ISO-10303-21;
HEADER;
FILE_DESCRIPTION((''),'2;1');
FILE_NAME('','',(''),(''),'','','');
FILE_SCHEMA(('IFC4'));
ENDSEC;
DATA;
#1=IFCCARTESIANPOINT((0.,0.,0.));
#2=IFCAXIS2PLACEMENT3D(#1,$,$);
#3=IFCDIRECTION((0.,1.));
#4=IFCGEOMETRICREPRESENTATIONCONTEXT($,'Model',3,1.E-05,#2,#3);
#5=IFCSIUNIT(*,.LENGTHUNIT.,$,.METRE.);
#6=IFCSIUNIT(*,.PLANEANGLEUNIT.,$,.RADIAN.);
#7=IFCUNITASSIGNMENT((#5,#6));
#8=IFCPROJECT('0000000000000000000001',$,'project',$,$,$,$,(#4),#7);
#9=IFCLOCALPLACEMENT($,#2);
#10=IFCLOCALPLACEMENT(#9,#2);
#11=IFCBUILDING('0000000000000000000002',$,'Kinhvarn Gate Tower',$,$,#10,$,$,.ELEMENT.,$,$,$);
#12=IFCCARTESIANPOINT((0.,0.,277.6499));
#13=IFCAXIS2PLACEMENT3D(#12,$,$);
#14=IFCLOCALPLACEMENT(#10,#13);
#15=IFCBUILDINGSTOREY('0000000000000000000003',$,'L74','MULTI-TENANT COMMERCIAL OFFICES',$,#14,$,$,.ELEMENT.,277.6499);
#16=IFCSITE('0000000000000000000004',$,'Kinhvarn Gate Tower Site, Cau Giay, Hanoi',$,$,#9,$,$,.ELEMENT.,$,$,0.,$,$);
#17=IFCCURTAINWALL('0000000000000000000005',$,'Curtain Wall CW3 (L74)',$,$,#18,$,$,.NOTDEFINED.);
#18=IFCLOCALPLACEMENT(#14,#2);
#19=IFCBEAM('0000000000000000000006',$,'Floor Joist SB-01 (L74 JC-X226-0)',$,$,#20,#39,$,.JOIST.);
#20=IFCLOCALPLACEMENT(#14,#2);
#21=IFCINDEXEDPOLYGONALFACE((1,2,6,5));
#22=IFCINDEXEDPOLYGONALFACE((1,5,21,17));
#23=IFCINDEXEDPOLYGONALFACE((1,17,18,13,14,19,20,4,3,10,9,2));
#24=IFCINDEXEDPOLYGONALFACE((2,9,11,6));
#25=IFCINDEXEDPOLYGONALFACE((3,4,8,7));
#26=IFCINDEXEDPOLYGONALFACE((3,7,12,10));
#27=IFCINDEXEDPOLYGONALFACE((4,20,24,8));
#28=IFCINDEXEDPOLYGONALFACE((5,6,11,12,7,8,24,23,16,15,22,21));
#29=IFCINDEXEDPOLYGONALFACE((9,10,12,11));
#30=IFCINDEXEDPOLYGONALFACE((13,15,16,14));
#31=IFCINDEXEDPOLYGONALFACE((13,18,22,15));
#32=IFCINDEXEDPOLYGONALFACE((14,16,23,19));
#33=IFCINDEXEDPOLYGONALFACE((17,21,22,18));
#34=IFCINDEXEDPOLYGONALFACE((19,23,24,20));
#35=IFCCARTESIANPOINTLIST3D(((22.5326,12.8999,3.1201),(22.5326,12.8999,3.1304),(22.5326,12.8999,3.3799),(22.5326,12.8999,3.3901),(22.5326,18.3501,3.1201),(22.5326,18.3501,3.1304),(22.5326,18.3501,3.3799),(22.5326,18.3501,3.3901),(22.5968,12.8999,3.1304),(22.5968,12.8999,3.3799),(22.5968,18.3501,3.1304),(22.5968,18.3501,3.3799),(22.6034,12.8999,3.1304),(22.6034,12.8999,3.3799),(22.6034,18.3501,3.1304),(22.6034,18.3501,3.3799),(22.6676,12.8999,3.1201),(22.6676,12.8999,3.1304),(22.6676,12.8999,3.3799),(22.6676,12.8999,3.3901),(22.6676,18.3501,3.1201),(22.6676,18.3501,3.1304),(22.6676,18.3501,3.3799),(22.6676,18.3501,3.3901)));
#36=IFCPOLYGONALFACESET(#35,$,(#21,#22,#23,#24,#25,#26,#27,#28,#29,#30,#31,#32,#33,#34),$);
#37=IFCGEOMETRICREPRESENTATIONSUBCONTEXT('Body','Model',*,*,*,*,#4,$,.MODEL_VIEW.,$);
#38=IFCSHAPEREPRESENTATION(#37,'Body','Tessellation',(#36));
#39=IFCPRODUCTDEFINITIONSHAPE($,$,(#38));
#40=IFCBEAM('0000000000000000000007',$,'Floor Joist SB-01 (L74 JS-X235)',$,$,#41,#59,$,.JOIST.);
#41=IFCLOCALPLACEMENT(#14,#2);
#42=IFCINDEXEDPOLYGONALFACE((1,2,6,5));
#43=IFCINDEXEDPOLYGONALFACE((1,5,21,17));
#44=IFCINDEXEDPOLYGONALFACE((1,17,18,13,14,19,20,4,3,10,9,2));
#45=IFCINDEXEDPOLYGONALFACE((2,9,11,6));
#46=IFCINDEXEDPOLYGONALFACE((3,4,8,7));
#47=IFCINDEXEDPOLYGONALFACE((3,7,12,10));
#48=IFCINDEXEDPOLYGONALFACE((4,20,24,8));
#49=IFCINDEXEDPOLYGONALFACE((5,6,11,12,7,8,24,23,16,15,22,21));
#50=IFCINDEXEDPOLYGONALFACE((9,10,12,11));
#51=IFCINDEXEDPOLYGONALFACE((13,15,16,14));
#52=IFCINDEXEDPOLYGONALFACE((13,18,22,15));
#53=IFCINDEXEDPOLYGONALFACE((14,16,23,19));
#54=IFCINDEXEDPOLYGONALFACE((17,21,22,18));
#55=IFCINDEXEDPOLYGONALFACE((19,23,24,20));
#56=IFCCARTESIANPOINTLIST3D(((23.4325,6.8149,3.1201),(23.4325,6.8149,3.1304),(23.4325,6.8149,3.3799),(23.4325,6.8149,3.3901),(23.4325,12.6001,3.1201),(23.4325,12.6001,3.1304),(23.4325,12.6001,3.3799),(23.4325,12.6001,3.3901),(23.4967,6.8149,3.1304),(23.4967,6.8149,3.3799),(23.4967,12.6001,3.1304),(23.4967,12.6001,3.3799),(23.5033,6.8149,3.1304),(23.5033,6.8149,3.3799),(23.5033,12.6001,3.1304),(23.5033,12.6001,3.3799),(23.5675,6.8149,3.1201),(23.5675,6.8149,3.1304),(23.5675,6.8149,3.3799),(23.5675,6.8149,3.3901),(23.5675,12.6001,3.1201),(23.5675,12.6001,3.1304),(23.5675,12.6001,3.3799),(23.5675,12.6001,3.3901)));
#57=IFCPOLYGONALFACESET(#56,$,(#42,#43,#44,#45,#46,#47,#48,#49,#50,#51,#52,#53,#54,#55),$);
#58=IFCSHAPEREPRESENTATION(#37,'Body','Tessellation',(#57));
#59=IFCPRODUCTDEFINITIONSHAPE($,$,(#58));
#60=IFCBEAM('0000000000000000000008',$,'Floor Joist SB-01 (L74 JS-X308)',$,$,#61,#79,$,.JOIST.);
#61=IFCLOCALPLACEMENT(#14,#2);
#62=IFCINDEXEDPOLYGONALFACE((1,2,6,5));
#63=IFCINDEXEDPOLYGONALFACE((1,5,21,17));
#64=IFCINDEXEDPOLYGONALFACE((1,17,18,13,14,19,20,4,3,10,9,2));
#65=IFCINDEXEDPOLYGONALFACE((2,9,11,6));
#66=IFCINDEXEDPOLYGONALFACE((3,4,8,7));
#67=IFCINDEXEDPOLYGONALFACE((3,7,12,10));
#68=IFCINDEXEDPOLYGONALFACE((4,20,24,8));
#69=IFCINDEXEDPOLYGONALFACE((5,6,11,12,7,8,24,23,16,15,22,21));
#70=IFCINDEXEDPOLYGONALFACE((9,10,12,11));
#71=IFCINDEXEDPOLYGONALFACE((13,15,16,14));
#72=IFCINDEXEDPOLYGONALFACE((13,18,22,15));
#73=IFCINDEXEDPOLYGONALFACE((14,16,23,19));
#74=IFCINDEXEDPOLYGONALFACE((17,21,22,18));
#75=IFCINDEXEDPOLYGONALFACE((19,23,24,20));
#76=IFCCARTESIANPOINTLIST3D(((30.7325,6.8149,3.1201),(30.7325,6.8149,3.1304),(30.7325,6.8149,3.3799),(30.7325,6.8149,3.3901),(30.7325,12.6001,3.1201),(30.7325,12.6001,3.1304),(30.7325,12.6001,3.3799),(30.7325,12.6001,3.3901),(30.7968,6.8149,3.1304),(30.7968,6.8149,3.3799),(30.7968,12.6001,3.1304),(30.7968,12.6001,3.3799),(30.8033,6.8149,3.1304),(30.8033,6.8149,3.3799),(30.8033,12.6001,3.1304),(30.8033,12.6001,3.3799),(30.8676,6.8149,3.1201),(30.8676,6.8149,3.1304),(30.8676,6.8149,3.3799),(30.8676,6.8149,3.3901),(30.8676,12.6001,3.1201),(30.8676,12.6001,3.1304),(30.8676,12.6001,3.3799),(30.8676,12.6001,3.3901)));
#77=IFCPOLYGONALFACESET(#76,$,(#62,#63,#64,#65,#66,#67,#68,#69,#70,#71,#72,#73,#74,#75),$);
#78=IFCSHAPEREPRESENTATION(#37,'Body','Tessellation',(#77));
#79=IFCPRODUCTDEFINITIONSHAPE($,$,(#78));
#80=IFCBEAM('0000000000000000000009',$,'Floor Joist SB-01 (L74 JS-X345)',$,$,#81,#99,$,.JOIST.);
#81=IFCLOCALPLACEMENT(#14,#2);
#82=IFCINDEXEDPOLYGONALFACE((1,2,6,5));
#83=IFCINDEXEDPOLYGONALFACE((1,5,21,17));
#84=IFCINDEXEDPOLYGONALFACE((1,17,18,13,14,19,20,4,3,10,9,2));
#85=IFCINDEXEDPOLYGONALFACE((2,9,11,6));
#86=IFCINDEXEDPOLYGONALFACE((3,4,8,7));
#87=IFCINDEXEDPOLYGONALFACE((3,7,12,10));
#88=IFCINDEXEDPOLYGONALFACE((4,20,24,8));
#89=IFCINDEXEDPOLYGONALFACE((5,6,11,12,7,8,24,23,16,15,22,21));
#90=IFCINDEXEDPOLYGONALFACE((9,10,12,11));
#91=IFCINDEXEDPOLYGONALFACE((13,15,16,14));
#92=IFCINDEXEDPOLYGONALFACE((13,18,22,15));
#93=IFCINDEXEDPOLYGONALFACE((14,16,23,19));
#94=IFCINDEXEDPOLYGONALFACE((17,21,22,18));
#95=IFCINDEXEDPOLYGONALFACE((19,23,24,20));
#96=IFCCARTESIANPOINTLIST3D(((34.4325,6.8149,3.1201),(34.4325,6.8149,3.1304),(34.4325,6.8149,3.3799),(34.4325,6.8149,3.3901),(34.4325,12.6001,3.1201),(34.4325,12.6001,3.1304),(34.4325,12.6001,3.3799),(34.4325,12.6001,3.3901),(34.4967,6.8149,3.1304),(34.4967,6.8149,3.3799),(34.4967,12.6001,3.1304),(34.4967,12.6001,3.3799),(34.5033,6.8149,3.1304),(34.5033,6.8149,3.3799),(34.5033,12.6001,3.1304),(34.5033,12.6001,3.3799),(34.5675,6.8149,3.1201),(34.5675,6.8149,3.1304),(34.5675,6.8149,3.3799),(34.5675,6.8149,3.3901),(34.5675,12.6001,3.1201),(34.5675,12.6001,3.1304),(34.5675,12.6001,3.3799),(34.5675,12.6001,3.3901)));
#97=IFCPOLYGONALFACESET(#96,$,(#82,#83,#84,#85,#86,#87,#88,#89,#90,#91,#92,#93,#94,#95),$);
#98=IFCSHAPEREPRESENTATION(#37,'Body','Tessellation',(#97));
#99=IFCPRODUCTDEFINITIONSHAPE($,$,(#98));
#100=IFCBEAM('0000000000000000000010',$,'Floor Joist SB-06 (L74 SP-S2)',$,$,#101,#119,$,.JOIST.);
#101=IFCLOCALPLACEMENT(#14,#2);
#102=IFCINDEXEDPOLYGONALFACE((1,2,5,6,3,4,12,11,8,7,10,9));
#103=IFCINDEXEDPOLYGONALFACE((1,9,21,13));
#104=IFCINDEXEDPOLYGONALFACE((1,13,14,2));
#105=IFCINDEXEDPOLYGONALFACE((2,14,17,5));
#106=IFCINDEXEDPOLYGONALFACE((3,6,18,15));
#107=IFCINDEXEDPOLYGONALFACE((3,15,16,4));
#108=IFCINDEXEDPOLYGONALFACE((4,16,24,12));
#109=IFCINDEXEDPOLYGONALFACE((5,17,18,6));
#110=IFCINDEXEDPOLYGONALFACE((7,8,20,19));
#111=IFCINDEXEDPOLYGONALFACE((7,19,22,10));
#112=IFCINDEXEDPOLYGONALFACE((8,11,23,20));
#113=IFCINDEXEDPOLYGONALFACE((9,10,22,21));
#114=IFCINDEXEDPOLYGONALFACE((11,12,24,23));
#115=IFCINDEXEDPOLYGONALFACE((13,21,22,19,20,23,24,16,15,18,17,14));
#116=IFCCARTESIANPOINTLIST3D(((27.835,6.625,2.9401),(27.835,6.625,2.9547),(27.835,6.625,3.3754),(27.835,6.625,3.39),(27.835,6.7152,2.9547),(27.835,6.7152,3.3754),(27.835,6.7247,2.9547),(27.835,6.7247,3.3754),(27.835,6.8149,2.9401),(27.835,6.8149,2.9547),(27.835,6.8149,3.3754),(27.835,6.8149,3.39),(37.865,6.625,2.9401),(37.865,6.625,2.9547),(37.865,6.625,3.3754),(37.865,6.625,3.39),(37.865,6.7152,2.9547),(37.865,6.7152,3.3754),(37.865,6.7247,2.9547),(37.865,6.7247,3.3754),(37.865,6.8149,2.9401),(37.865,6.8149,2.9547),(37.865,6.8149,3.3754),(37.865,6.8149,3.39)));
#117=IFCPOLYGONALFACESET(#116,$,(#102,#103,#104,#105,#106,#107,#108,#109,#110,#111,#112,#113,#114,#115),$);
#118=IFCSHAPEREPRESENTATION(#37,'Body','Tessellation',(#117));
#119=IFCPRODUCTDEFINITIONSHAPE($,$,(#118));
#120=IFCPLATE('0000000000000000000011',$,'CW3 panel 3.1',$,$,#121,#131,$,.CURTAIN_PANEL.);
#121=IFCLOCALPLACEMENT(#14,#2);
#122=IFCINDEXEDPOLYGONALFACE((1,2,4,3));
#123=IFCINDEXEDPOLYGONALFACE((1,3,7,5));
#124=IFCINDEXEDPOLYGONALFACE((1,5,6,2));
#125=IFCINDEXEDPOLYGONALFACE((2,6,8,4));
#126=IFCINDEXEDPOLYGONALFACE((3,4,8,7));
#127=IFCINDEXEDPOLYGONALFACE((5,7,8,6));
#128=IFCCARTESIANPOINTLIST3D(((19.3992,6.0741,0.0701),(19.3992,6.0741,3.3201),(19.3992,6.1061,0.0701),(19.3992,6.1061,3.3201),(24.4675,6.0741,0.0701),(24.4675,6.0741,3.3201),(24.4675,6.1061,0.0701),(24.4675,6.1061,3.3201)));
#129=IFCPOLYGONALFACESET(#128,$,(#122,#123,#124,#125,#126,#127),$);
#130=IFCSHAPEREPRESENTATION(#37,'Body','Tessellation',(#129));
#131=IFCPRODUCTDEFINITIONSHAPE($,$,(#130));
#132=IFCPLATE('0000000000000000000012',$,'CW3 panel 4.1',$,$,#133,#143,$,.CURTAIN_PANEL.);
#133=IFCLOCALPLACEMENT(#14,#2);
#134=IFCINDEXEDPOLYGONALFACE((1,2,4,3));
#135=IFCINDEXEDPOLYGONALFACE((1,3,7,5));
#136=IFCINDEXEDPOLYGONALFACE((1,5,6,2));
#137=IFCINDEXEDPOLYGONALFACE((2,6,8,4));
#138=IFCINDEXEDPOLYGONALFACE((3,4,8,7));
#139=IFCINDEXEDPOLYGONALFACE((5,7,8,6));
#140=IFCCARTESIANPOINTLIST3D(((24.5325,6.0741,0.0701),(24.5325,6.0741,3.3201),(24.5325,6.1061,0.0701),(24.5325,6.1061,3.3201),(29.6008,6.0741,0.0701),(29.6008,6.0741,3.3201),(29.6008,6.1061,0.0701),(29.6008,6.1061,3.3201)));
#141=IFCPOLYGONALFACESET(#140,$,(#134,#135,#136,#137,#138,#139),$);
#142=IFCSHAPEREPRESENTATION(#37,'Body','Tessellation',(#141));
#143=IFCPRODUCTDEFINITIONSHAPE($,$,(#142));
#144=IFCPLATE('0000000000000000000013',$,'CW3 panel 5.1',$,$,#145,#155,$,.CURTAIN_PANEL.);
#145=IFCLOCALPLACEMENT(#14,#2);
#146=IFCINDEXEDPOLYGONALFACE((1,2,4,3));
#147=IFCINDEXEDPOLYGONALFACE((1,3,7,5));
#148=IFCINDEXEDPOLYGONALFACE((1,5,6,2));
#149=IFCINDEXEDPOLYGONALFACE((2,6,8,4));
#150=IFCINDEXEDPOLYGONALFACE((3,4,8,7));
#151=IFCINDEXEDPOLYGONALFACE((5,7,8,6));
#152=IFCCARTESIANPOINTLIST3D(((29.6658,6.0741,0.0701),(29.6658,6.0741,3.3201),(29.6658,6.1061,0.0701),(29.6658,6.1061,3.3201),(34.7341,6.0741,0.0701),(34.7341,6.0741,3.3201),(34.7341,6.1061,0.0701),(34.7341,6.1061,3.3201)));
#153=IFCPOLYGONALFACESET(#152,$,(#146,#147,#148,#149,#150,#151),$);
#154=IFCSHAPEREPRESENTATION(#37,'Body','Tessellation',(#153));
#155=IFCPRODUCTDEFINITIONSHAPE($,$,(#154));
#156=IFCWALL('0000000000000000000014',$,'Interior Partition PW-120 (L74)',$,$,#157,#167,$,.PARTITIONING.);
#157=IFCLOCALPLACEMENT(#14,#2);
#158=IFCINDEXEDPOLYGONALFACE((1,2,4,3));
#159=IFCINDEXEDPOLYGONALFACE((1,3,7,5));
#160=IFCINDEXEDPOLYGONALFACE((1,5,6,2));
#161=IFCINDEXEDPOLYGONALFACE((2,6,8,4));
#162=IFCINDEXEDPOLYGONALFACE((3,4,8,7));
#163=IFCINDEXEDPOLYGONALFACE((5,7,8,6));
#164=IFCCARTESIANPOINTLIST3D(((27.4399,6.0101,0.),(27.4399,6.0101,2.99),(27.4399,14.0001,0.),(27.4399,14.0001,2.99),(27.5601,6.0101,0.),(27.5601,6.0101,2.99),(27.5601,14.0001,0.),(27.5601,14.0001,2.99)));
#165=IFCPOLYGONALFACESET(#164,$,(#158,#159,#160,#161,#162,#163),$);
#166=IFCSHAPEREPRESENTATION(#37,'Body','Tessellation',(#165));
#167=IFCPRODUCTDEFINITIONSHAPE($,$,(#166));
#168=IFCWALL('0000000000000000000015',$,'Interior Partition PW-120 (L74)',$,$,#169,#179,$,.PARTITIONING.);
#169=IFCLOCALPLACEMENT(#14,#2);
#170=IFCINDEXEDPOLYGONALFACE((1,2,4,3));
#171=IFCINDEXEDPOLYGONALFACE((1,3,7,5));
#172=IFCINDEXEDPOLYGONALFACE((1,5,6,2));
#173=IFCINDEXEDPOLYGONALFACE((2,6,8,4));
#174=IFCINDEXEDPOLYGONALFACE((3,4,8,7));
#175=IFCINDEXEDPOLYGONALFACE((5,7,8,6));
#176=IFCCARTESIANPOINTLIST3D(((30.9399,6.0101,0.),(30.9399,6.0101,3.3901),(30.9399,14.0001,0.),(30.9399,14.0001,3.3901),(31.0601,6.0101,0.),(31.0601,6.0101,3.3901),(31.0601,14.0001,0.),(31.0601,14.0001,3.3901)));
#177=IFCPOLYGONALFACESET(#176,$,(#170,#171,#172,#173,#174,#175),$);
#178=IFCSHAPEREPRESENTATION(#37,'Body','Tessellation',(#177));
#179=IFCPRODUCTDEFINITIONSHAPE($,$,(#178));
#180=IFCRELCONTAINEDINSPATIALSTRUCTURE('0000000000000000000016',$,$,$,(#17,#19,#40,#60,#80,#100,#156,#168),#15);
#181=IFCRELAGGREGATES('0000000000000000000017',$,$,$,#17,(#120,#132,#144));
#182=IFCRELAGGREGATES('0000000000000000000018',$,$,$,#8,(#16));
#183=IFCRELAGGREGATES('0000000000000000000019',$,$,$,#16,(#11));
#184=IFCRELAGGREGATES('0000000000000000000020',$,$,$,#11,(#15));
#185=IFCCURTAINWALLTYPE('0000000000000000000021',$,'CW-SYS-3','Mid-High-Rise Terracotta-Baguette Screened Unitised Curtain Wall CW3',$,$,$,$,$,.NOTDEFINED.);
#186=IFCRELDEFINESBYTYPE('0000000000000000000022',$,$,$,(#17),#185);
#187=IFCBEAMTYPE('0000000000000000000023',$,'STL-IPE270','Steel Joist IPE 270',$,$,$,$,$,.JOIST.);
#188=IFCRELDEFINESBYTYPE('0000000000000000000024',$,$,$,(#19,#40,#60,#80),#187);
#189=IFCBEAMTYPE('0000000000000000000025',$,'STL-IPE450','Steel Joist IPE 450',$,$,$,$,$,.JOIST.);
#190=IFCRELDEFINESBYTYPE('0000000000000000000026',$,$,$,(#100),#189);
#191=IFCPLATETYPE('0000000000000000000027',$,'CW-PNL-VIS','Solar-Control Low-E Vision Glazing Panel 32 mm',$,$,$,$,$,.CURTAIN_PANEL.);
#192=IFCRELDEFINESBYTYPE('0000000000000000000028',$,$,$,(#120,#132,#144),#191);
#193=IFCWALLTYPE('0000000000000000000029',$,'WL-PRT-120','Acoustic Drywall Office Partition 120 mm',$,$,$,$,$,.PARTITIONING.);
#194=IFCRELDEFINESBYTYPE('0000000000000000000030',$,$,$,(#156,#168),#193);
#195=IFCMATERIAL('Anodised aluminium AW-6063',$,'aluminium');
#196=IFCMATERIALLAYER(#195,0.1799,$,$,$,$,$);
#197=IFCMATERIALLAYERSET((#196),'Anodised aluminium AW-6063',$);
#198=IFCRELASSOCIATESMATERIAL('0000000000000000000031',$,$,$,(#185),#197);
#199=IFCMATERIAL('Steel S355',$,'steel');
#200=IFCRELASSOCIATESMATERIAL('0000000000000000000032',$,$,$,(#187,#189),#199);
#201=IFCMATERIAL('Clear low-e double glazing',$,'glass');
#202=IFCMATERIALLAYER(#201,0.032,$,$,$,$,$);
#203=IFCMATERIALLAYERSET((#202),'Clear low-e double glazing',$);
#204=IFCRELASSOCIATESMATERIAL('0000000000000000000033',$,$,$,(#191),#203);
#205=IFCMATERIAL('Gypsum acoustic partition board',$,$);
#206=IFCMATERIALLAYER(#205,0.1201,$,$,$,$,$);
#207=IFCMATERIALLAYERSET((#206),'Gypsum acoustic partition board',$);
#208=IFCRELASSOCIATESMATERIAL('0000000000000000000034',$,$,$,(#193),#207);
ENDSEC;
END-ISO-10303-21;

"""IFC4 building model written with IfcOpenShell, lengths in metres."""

from ifc_helpers import new_model, si_unit, direction, frame, frame_2d, origin, origin_2d, place, context, subcontext, project, spatial, rectangle, i_section, extrude, material, layer, layer_set, material_profile, profile_set, type_object, element, aggregate, save


model = new_model("IFC4")

# Units and contexts
model_context = context("Model", 3, precision=1e-05, world=origin(), true_north=direction((0.0, 1.0)))
body_context = subcontext(model_context, "Body", "Model", "MODEL_VIEW")
ifc_project = project(units=[si_unit("LENGTHUNIT", "METRE"), si_unit("PLANEANGLEUNIT", "RADIAN")], contexts=[model_context])

# Site, building, storey
site_placement = place(None, origin())
site = spatial("IfcSite", under=ifc_project, at=site_placement, Name="Kinhvarn Gate Tower Site, Cau Giay, Hanoi", CompositionType="ELEMENT", RefElevation=0.0)
building_placement = place(site_placement, origin())
building = spatial("IfcBuilding", under=site, at=building_placement, Name="Kinhvarn Gate Tower", CompositionType="ELEMENT")
storey_placement = place(building_placement, frame((0.0, 0.0, 277.6499)))
storey = spatial("IfcBuildingStorey", under=building, at=storey_placement, Name="L74", Description="MULTI-TENANT COMMERCIAL OFFICES", CompositionType="ELEMENT", Elevation=277.6499)

# Curtain wall
ifc_material_1 = material(Name="Anodised aluminium AW-6063", Category="aluminium")
ifc_layer_1 = layer(ifc_material_1, 0.1799)
ifc_layer_set_1 = layer_set([ifc_layer_1], Name="Anodised aluminium AW-6063")
curtain_wall_type = type_object("IfcCurtainWallType", Name="CW-SYS-3", Description="Mid-High-Rise Terracotta-Baguette Screened Unitised Curtain Wall CW3", PredefinedType="NOTDEFINED", material=ifc_layer_set_1)
curtain_wall_placement = place(storey_placement, origin())
curtain_wall = element("IfcCurtainWall", 1, at=curtain_wall_placement, inside=storey, type_object=curtain_wall_type, Name="Curtain Wall CW3 (L74)", PredefinedType="NOTDEFINED")

# Beams
ifc_material_2 = material(Name="Steel S355", Category="steel")
ifc_material_profile_1 = material_profile(ifc_material_2, i_section(OverallWidth=0.135, OverallDepth=0.27, WebThickness=0.0066, FlangeThickness=0.0103, at=origin_2d()), Name="IPE 270")
ifc_profile_set_1 = profile_set([ifc_material_profile_1], Name="Steel S355")
beam_type_1 = type_object("IfcBeamType", Name="STL-IPE270", Description="Steel Joist IPE 270", PredefinedType="JOIST", material=ifc_profile_set_1)
for number, where, z_axis, x_axis, name in (
    (2, (22.6001, 12.8999, 3.2551), (0.0, 1.0, 0.0), (-1.0, 0.0, 0.0), "Floor Joist SB-01 (L74 JC-X226-0)"),
):
    element("IfcBeam", number, at=place(storey_placement, frame(where, z_axis=z_axis, x_axis=x_axis)), inside=storey, type_object=beam_type_1, Name=name, PredefinedType="JOIST", context=body_context, shape_type="SweptSolid", body=[
        extrude(i_section(OverallWidth=0.135, OverallDepth=0.27, WebThickness=0.0066, FlangeThickness=0.0103, at=origin_2d()), origin(), (0.0, 0.0, 1.0), 5.4502),
    ])
for number, where, z_axis, x_axis, name in (
    (3, (23.5, 6.8149, 3.2551), (0.0, 1.0, 0.0), (-1.0, 0.0, 0.0), "Floor Joist SB-01 (L74 JS-X235)"),
    (4, (30.8, 6.8149, 3.2551), (0.0, 1.0, 0.0), (-1.0, 0.0, 0.0), "Floor Joist SB-01 (L74 JS-X308)"),
    (5, (34.5, 6.8149, 3.2551), (0.0, 1.0, 0.0), (-1.0, 0.0, 0.0), "Floor Joist SB-01 (L74 JS-X345)"),
):
    element("IfcBeam", number, at=place(storey_placement, frame(where, z_axis=z_axis, x_axis=x_axis)), inside=storey, type_object=beam_type_1, Name=name, PredefinedType="JOIST", context=body_context, shape_type="SweptSolid", body=[
        extrude(i_section(OverallWidth=0.135, OverallDepth=0.27, WebThickness=0.0066, FlangeThickness=0.0103, at=origin_2d()), origin(), (0.0, 0.0, 1.0), 5.7852),
    ])
ifc_material_profile_2 = material_profile(ifc_material_2, i_section(OverallWidth=0.1899, OverallDepth=0.45, WebThickness=0.0095, FlangeThickness=0.0146, at=origin_2d()), Name="IPE 450")
ifc_profile_set_2 = profile_set([ifc_material_profile_2], Name="Steel S355")
beam_type_2 = type_object("IfcBeamType", Name="STL-IPE450", Description="Steel Joist IPE 450", PredefinedType="JOIST", material=ifc_profile_set_2)
beam_1_placement = place(storey_placement, frame((27.835, 6.72, 3.165), z_axis=(1.0, 0.0, 0.0), x_axis=(0.0, 1.0, 0.0)))
element("IfcBeam", 6, at=beam_1_placement, inside=storey, type_object=beam_type_2, Name="Floor Joist SB-06 (L74 SP-S2)", PredefinedType="JOIST", context=body_context, shape_type="SweptSolid", body=[
    extrude(i_section(OverallWidth=0.1899, OverallDepth=0.45, WebThickness=0.0095, FlangeThickness=0.0146, at=origin_2d()), origin(), (0.0, 0.0, 1.0), 10.03),
])

# Plates
ifc_material_3 = material(Name="Clear low-e double glazing", Category="glass")
ifc_layer_2 = layer(ifc_material_3, 0.032)
ifc_layer_set_2 = layer_set([ifc_layer_2], Name="Clear low-e double glazing")
plate_type = type_object("IfcPlateType", Name="CW-PNL-VIS", Description="Solar-Control Low-E Vision Glazing Panel 32 mm", PredefinedType="CURTAIN_PANEL", material=ifc_layer_set_2)
plate_1_placement = place(storey_placement, frame((21.9333, 6.0901, 0.0701), z_axis=(0.0, 0.0, 1.0), x_axis=(1.0, 0.0, 0.0)))
plate_1 = element("IfcPlate", 7, at=plate_1_placement, type_object=plate_type, Name="CW3 panel 3.1", PredefinedType="CURTAIN_PANEL", context=body_context, shape_type="SweptSolid", body=[
    extrude(rectangle(XDim=5.0684, YDim=0.032, at=origin_2d()), origin(), (0.0, 0.0, 1.0), 3.25),
])
plate_2_placement = place(storey_placement, frame((27.0667, 6.0901, 0.0701), z_axis=(0.0, 0.0, 1.0), x_axis=(1.0, 0.0, 0.0)))
plate_2 = element("IfcPlate", 8, at=plate_2_placement, type_object=plate_type, Name="CW3 panel 4.1", PredefinedType="CURTAIN_PANEL", context=body_context, shape_type="SweptSolid", body=[
    extrude(rectangle(XDim=5.0684, YDim=0.032, at=origin_2d()), origin(), (0.0, 0.0, 1.0), 3.25),
])
plate_3_placement = place(storey_placement, frame((32.2, 6.0901, 0.0701), z_axis=(0.0, 0.0, 1.0), x_axis=(1.0, 0.0, 0.0)))
plate_3 = element("IfcPlate", 9, at=plate_3_placement, type_object=plate_type, Name="CW3 panel 5.1", PredefinedType="CURTAIN_PANEL", context=body_context, shape_type="SweptSolid", body=[
    extrude(rectangle(XDim=5.0684, YDim=0.032, at=origin_2d()), origin(), (0.0, 0.0, 1.0), 3.25),
])
aggregate(curtain_wall, [plate_1, plate_2, plate_3])

# Walls
ifc_material_4 = material(Name="Gypsum acoustic partition board")
ifc_layer_3 = layer(ifc_material_4, 0.1201)
ifc_layer_set_3 = layer_set([ifc_layer_3], Name="Gypsum acoustic partition board")
wall_type = type_object("IfcWallType", Name="WL-PRT-120", Description="Acoustic Drywall Office Partition 120 mm", PredefinedType="PARTITIONING", material=ifc_layer_set_3)
wall_1_placement = place(storey_placement, frame((27.5, 6.01, 0.0), z_axis=(0.0, 0.0, 1.0), x_axis=(0.0, 1.0, 0.0)))
element("IfcWall", 10, at=wall_1_placement, inside=storey, type_object=wall_type, Name="Interior Partition PW-120 (L74)", PredefinedType="PARTITIONING", context=body_context, shape_type="SweptSolid", body=[
    extrude(rectangle(XDim=7.99, YDim=0.1201, at=frame_2d((3.9951, 0.0))), origin(), (0.0, 0.0, 1.0), 2.99),
])
wall_2_placement = place(storey_placement, frame((31.0, 6.01, 0.0), z_axis=(0.0, 0.0, 1.0), x_axis=(0.0, 1.0, 0.0)))
element("IfcWall", 11, at=wall_2_placement, inside=storey, type_object=wall_type, Name="Interior Partition PW-120 (L74)", PredefinedType="PARTITIONING", context=body_context, shape_type="SweptSolid", body=[
    extrude(rectangle(XDim=7.99, YDim=0.1201, at=frame_2d((3.9951, 0.0))), origin(), (0.0, 0.0, 1.0), 3.3901),
])

save(model, "model.ifc")
